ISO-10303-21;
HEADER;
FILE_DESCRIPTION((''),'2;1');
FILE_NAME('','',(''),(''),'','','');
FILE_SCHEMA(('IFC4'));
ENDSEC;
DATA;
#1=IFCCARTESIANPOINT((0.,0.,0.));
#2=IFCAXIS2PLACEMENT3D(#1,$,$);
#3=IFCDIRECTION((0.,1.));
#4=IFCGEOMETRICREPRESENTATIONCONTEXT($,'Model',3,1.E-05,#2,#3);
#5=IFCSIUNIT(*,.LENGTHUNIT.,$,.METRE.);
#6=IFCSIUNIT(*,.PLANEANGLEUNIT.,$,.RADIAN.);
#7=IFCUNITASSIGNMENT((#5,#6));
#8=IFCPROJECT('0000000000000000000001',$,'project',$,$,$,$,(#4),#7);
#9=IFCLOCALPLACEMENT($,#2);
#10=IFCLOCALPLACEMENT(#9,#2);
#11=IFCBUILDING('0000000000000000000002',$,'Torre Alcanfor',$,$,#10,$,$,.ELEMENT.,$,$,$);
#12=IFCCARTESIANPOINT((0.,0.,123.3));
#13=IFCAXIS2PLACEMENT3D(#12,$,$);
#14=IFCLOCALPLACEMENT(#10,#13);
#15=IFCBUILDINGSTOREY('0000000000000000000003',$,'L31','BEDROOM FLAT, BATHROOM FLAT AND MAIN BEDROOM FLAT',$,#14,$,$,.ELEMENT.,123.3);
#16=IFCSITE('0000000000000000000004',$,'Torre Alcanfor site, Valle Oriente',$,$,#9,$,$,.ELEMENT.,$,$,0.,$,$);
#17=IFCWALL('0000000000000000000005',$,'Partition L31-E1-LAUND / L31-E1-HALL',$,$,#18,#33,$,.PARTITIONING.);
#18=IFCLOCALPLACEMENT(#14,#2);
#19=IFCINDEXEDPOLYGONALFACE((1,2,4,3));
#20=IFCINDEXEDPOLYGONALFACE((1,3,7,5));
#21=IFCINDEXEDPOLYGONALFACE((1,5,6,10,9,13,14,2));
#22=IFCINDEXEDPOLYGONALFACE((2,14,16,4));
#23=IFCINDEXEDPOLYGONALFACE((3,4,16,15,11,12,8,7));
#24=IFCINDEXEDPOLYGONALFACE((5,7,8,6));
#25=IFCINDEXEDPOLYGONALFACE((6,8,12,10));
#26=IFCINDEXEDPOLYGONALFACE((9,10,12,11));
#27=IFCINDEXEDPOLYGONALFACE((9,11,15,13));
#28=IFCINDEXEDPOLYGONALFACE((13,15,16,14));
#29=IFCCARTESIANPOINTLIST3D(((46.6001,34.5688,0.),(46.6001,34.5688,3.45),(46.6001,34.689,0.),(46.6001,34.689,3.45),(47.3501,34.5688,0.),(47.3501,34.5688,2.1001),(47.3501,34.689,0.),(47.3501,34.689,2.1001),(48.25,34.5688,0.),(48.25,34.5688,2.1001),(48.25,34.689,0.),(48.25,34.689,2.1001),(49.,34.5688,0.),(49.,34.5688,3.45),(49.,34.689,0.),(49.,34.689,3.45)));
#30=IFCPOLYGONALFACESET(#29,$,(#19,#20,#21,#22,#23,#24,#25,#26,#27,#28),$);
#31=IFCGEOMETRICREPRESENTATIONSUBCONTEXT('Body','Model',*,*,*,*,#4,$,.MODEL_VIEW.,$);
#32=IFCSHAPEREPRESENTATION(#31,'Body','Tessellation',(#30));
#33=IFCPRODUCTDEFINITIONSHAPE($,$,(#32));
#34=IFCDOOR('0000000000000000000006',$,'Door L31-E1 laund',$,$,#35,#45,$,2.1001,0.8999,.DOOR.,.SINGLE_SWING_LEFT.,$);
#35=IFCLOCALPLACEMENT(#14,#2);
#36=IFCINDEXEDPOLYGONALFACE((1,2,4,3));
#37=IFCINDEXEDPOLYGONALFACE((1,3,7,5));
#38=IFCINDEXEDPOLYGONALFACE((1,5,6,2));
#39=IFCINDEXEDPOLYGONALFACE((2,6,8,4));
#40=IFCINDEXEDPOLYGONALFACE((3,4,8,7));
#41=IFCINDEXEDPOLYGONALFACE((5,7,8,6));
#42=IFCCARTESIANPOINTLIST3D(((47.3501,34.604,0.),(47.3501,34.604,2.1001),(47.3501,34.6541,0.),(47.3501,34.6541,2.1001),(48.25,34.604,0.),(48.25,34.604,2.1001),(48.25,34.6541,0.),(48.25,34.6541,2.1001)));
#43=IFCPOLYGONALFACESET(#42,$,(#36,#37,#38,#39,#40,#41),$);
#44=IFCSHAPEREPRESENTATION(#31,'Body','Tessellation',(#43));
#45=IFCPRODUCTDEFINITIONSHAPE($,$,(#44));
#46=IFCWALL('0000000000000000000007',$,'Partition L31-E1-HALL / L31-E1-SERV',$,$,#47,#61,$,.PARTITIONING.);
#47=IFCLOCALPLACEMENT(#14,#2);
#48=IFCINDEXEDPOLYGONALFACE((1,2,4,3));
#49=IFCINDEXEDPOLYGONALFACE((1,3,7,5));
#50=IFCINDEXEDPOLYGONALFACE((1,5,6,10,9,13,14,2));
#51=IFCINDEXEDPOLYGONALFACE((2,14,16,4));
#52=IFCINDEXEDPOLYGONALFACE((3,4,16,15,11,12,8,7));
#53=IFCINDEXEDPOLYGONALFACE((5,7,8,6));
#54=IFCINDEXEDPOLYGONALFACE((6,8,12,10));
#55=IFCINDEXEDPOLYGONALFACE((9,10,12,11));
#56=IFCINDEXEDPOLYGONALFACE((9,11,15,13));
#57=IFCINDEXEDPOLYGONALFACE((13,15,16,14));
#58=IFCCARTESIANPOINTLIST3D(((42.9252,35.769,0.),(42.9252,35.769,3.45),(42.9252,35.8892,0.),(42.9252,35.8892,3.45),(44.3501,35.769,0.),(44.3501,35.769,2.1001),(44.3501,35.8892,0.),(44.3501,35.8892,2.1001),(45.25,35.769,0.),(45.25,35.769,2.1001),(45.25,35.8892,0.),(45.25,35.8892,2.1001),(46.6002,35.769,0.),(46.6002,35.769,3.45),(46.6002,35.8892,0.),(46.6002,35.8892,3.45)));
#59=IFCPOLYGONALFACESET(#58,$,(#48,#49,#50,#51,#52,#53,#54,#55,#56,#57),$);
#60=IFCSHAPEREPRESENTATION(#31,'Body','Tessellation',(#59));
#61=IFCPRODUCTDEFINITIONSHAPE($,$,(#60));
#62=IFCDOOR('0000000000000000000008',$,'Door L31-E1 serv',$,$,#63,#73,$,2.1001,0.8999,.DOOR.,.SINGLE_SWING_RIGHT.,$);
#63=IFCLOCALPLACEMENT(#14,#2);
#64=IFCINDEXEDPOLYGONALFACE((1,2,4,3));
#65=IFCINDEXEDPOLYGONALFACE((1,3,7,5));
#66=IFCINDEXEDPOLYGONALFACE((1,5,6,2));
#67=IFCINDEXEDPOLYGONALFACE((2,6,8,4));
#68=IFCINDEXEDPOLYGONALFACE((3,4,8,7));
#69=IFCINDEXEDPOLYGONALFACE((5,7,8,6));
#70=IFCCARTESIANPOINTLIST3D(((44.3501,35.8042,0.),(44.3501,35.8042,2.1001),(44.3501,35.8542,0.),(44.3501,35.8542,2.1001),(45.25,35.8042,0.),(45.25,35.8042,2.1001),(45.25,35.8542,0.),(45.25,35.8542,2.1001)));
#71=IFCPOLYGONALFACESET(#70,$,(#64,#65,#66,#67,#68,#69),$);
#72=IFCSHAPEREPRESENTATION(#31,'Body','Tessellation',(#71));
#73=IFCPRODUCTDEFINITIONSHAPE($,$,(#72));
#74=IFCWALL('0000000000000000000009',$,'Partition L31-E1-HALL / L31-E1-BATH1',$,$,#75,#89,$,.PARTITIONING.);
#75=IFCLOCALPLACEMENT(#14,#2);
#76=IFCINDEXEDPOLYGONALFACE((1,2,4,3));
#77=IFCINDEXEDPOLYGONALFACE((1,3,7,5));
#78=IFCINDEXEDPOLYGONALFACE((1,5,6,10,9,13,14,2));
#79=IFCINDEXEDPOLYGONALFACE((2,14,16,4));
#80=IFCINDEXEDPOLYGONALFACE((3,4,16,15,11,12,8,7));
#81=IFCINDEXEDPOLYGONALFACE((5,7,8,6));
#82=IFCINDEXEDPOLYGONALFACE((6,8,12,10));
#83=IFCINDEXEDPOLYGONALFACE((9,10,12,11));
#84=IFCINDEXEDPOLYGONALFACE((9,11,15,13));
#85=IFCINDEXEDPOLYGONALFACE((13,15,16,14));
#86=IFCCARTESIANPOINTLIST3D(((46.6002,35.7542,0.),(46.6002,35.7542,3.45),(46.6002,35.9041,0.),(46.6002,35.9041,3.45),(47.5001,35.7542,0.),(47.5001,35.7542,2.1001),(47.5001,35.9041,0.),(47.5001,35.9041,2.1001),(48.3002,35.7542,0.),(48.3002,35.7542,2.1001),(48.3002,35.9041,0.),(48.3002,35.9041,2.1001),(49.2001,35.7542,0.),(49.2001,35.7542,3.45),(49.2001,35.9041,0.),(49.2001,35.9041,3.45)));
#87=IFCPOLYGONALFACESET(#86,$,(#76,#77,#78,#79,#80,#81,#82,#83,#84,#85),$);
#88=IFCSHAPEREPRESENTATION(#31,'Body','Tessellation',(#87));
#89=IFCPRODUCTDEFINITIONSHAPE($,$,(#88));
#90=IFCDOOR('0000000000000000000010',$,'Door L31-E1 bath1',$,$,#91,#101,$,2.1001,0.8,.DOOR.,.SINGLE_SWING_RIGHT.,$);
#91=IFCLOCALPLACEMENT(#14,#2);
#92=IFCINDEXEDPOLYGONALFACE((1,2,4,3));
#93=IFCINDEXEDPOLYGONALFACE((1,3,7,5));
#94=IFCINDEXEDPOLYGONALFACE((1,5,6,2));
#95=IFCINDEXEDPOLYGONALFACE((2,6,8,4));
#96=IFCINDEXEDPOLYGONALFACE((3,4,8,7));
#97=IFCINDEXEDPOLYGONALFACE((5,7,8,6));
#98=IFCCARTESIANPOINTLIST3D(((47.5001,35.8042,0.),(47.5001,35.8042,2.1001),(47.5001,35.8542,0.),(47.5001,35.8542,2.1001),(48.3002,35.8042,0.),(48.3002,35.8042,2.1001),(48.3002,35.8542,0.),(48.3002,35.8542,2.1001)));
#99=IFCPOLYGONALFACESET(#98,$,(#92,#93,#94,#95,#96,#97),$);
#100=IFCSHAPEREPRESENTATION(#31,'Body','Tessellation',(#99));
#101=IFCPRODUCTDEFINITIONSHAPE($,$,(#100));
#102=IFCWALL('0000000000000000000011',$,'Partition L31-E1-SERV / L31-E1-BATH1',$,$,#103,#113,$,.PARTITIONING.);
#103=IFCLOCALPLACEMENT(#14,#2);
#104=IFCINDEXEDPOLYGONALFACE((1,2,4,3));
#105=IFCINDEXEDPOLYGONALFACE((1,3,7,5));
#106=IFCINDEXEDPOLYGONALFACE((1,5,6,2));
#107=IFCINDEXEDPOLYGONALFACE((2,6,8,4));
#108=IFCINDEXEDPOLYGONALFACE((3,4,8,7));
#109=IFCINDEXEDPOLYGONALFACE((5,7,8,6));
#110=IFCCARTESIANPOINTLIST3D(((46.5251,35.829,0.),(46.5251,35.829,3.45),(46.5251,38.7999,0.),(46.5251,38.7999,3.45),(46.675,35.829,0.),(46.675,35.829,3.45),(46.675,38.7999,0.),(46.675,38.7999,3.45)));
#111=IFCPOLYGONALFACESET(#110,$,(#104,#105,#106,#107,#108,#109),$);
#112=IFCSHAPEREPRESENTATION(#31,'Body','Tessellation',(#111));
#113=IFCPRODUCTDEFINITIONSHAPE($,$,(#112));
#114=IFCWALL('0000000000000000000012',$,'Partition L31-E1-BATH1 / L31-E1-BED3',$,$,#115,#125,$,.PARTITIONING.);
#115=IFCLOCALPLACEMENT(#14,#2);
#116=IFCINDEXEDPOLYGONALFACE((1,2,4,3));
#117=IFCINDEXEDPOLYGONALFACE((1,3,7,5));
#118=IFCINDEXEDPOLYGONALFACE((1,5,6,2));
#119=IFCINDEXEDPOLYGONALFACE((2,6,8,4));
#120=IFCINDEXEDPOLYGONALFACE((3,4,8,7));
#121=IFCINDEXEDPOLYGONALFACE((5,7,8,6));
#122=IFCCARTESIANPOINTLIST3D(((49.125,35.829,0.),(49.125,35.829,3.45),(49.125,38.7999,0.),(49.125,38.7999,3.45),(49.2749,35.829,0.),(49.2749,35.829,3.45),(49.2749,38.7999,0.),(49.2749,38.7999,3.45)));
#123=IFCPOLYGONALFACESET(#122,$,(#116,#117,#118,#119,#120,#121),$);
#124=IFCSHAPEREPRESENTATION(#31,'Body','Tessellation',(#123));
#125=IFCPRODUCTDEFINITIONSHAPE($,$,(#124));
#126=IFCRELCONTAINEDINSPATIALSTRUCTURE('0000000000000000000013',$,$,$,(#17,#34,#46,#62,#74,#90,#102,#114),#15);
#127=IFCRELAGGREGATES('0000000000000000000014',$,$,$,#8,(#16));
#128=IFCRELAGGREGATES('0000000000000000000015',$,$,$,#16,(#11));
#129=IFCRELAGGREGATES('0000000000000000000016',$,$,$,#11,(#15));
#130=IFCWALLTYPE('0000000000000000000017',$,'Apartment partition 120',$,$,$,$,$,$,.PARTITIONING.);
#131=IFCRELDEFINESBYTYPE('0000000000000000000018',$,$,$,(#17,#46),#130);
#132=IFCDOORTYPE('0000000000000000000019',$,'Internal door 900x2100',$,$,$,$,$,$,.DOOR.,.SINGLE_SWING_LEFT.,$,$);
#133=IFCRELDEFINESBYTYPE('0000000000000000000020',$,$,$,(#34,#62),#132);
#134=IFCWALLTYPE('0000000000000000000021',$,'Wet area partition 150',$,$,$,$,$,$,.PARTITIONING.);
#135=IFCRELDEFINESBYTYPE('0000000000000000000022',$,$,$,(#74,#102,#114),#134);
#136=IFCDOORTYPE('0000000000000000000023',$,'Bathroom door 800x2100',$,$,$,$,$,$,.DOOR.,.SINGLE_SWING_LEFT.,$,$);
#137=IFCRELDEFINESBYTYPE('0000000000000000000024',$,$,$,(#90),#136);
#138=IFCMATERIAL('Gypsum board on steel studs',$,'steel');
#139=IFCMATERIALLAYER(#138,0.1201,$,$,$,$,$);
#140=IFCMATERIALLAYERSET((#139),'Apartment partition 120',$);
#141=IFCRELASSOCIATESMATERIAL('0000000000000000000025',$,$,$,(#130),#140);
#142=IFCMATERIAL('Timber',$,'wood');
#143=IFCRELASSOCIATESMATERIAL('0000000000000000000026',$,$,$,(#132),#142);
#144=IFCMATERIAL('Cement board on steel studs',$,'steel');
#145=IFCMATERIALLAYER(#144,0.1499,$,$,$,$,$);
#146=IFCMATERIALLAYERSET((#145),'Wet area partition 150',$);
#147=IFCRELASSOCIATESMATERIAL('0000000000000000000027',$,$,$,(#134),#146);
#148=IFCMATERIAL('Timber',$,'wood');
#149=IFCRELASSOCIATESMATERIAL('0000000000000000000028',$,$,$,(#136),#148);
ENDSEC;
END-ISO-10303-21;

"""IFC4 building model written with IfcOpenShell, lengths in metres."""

from ifc_helpers import new_model, si_unit, direction, frame, frame_2d, origin, place, context, subcontext, project, spatial, rectangle, extrude, material, layer, layer_set, type_object, element, fill, save


model = new_model("IFC4")

# Units and contexts
model_context = context("Model", 3, precision=1e-05, world=origin(), true_north=direction((0.0, 1.0)))
body_context = subcontext(model_context, "Body", "Model", "MODEL_VIEW")
ifc_project = project(units=[si_unit("LENGTHUNIT", "METRE"), si_unit("PLANEANGLEUNIT", "RADIAN")], contexts=[model_context])

# Site, building, storey
site_placement = place(None, origin())
site = spatial("IfcSite", under=ifc_project, at=site_placement, Name="Torre Alcanfor site, Valle Oriente", CompositionType="ELEMENT", RefElevation=0.0)
building_placement = place(site_placement, origin())
building = spatial("IfcBuilding", under=site, at=building_placement, Name="Torre Alcanfor", CompositionType="ELEMENT")
storey_placement = place(building_placement, frame((0.0, 0.0, 123.3)))
storey = spatial("IfcBuildingStorey", under=building, at=storey_placement, Name="L31", Description="BEDROOM FLAT, BATHROOM FLAT AND MAIN BEDROOM FLAT", CompositionType="ELEMENT", Elevation=123.3)

# Walls, openings, doors
ifc_material_1 = material(Name="Gypsum board on steel studs", Category="steel")
ifc_layer_1 = layer(ifc_material_1, 0.1201)
ifc_layer_set_1 = layer_set([ifc_layer_1], Name="Apartment partition 120")
wall_type_1 = type_object("IfcWallType", Name="Apartment partition 120", PredefinedType="PARTITIONING", material=ifc_layer_set_1)
wall_1_placement = place(storey_placement, frame((49.0, 34.6289, 0.0), z_axis=(0.0, 0.0, 1.0), x_axis=(-1.0, 0.0, 0.0)))
wall_1 = element("IfcWall", 1, at=wall_1_placement, inside=storey, type_object=wall_type_1, Name="Partition L31-E1-LAUND / L31-E1-HALL", PredefinedType="PARTITIONING", context=body_context, shape_type="SweptSolid", body=[
    extrude(rectangle(XDim=2.3999, YDim=0.1201, at=frame_2d((1.2, 0.0))), origin(), (0.0, 0.0, 1.0), 3.45),
])
opening_1_placement = place(wall_1_placement, frame((0.75, 0.0, 0.0)))
opening_1 = element("IfcOpeningElement", 2, at=opening_1_placement, cuts=wall_1, PredefinedType="OPENING", context=body_context, shape_type="SweptSolid", body=[
    extrude(rectangle(XDim=0.8999, YDim=2.1001, at=frame_2d((0.45, 1.05))), frame((0.0, 0.0701, 0.0), z_axis=(0.0, -1.0, 0.0), x_axis=(1.0, 0.0, 0.0)), (0.0, 0.0, 1.0), 0.1401),
])
ifc_material_2 = material(Name="Timber", Category="wood")
door_type_1 = type_object("IfcDoorType", Name="Internal door 900x2100", OperationType="SINGLE_SWING_LEFT", PredefinedType="DOOR", material=ifc_material_2)
door_1_placement = place(opening_1_placement, origin())
door_1 = element("IfcDoor", 3, at=door_1_placement, inside=storey, type_object=door_type_1, Name="Door L31-E1 laund", OperationType="SINGLE_SWING_LEFT", OverallHeight=2.1001, OverallWidth=0.8999, PredefinedType="DOOR", context=body_context, shape_type="SweptSolid", body=[
    extrude(rectangle(XDim=0.8999, YDim=2.1001, at=frame_2d((0.45, 1.05))), frame((0.0, 0.0249, 0.0), z_axis=(0.0, -1.0, 0.0), x_axis=(1.0, 0.0, 0.0)), (0.0, 0.0, 1.0), 0.05),
])
fill(opening_1, door_1)
wall_2_placement = place(storey_placement, frame((46.6001, 35.8291, 0.0), z_axis=(0.0, 0.0, 1.0), x_axis=(-1.0, 0.0, 0.0)))
wall_2 = element("IfcWall", 4, at=wall_2_placement, inside=storey, type_object=wall_type_1, Name="Partition L31-E1-HALL / L31-E1-SERV", PredefinedType="PARTITIONING", context=body_context, shape_type="SweptSolid", body=[
    extrude(rectangle(XDim=3.675, YDim=0.1201, at=frame_2d((1.8374, 0.0))), origin(), (0.0, 0.0, 1.0), 3.45),
])
opening_2_placement = place(wall_2_placement, frame((1.3501, 0.0, 0.0)))
opening_2 = element("IfcOpeningElement", 5, at=opening_2_placement, cuts=wall_2, PredefinedType="OPENING", context=body_context, shape_type="SweptSolid", body=[
    extrude(rectangle(XDim=0.8999, YDim=2.1001, at=frame_2d((0.45, 1.05))), frame((0.0, 0.0701, 0.0), z_axis=(0.0, -1.0, 0.0), x_axis=(1.0, 0.0, 0.0)), (0.0, 0.0, 1.0), 0.1401),
])
door_2_placement = place(opening_2_placement, frame((0.8999, 0.0, 0.0), z_axis=(0.0, 0.0, 1.0), x_axis=(-1.0, 0.0, 0.0)))
door_2 = element("IfcDoor", 6, at=door_2_placement, inside=storey, type_object=door_type_1, Name="Door L31-E1 serv", OperationType="SINGLE_SWING_RIGHT", OverallHeight=2.1001, OverallWidth=0.8999, PredefinedType="DOOR", context=body_context, shape_type="SweptSolid", body=[
    extrude(rectangle(XDim=0.8999, YDim=2.1001, at=frame_2d((0.45, 1.05))), frame((0.0, 0.0251, 0.0), z_axis=(0.0, -1.0, 0.0), x_axis=(1.0, 0.0, 0.0)), (0.0, 0.0, 1.0), 0.05),
])
fill(opening_2, door_2)
ifc_material_3 = material(Name="Cement board on steel studs", Category="steel")
ifc_layer_2 = layer(ifc_material_3, 0.1499)
ifc_layer_set_2 = layer_set([ifc_layer_2], Name="Wet area partition 150")
wall_type_2 = type_object("IfcWallType", Name="Wet area partition 150", PredefinedType="PARTITIONING", material=ifc_layer_set_2)
wall_3_placement = place(storey_placement, frame((49.2, 35.8291, 0.0), z_axis=(0.0, 0.0, 1.0), x_axis=(-1.0, 0.0, 0.0)))
wall_3 = element("IfcWall", 7, at=wall_3_placement, inside=storey, type_object=wall_type_2, Name="Partition L31-E1-HALL / L31-E1-BATH1", PredefinedType="PARTITIONING", context=body_context, shape_type="SweptSolid", body=[
    extrude(rectangle(XDim=2.5999, YDim=0.1499, at=frame_2d((1.2998, 0.0))), origin(), (0.0, 0.0, 1.0), 3.45),
])
opening_3_placement = place(wall_3_placement, frame((0.8999, 0.0, 0.0)))
opening_3 = element("IfcOpeningElement", 8, at=opening_3_placement, cuts=wall_3, PredefinedType="OPENING", context=body_context, shape_type="SweptSolid", body=[
    extrude(rectangle(XDim=0.8, YDim=2.1001, at=frame_2d((0.3999, 1.05))), frame((0.0, 0.085, 0.0), z_axis=(0.0, -1.0, 0.0), x_axis=(1.0, 0.0, 0.0)), (0.0, 0.0, 1.0), 0.1699),
])
ifc_material_4 = material(Name="Timber", Category="wood")
door_type_2 = type_object("IfcDoorType", Name="Bathroom door 800x2100", OperationType="SINGLE_SWING_LEFT", PredefinedType="DOOR", material=ifc_material_4)
door_3_placement = place(opening_3_placement, frame((0.8, 0.0, 0.0), z_axis=(0.0, 0.0, 1.0), x_axis=(-1.0, 0.0, 0.0)))
door_3 = element("IfcDoor", 9, at=door_3_placement, inside=storey, type_object=door_type_2, Name="Door L31-E1 bath1", OperationType="SINGLE_SWING_RIGHT", OverallHeight=2.1001, OverallWidth=0.8, PredefinedType="DOOR", context=body_context, shape_type="SweptSolid", body=[
    extrude(rectangle(XDim=0.8, YDim=2.1001, at=frame_2d((0.4001, 1.05))), frame((0.0, 0.0251, 0.0), z_axis=(0.0, -1.0, 0.0), x_axis=(1.0, 0.0, 0.0)), (0.0, 0.0, 1.0), 0.05),
])
fill(opening_3, door_3)

# Walls
for number, where, z_axis, x_axis, name in (
    (10, (46.6001, 35.8291, 0.0), (0.0, 0.0, 1.0), (0.0, 1.0, 0.0), "Partition L31-E1-SERV / L31-E1-BATH1"),
    (11, (49.2, 35.8291, 0.0), (0.0, 0.0, 1.0), (0.0, 1.0, 0.0), "Partition L31-E1-BATH1 / L31-E1-BED3"),
):
    element("IfcWall", number, at=place(storey_placement, frame(where, z_axis=z_axis, x_axis=x_axis)), inside=storey, type_object=wall_type_2, Name=name, PredefinedType="PARTITIONING", context=body_context, shape_type="SweptSolid", body=[
        extrude(rectangle(XDim=2.9709, YDim=0.1499, at=frame_2d((1.4854, 0.0))), origin(), (0.0, 0.0, 1.0), 3.45),
    ])

save(model, "model.ifc")
